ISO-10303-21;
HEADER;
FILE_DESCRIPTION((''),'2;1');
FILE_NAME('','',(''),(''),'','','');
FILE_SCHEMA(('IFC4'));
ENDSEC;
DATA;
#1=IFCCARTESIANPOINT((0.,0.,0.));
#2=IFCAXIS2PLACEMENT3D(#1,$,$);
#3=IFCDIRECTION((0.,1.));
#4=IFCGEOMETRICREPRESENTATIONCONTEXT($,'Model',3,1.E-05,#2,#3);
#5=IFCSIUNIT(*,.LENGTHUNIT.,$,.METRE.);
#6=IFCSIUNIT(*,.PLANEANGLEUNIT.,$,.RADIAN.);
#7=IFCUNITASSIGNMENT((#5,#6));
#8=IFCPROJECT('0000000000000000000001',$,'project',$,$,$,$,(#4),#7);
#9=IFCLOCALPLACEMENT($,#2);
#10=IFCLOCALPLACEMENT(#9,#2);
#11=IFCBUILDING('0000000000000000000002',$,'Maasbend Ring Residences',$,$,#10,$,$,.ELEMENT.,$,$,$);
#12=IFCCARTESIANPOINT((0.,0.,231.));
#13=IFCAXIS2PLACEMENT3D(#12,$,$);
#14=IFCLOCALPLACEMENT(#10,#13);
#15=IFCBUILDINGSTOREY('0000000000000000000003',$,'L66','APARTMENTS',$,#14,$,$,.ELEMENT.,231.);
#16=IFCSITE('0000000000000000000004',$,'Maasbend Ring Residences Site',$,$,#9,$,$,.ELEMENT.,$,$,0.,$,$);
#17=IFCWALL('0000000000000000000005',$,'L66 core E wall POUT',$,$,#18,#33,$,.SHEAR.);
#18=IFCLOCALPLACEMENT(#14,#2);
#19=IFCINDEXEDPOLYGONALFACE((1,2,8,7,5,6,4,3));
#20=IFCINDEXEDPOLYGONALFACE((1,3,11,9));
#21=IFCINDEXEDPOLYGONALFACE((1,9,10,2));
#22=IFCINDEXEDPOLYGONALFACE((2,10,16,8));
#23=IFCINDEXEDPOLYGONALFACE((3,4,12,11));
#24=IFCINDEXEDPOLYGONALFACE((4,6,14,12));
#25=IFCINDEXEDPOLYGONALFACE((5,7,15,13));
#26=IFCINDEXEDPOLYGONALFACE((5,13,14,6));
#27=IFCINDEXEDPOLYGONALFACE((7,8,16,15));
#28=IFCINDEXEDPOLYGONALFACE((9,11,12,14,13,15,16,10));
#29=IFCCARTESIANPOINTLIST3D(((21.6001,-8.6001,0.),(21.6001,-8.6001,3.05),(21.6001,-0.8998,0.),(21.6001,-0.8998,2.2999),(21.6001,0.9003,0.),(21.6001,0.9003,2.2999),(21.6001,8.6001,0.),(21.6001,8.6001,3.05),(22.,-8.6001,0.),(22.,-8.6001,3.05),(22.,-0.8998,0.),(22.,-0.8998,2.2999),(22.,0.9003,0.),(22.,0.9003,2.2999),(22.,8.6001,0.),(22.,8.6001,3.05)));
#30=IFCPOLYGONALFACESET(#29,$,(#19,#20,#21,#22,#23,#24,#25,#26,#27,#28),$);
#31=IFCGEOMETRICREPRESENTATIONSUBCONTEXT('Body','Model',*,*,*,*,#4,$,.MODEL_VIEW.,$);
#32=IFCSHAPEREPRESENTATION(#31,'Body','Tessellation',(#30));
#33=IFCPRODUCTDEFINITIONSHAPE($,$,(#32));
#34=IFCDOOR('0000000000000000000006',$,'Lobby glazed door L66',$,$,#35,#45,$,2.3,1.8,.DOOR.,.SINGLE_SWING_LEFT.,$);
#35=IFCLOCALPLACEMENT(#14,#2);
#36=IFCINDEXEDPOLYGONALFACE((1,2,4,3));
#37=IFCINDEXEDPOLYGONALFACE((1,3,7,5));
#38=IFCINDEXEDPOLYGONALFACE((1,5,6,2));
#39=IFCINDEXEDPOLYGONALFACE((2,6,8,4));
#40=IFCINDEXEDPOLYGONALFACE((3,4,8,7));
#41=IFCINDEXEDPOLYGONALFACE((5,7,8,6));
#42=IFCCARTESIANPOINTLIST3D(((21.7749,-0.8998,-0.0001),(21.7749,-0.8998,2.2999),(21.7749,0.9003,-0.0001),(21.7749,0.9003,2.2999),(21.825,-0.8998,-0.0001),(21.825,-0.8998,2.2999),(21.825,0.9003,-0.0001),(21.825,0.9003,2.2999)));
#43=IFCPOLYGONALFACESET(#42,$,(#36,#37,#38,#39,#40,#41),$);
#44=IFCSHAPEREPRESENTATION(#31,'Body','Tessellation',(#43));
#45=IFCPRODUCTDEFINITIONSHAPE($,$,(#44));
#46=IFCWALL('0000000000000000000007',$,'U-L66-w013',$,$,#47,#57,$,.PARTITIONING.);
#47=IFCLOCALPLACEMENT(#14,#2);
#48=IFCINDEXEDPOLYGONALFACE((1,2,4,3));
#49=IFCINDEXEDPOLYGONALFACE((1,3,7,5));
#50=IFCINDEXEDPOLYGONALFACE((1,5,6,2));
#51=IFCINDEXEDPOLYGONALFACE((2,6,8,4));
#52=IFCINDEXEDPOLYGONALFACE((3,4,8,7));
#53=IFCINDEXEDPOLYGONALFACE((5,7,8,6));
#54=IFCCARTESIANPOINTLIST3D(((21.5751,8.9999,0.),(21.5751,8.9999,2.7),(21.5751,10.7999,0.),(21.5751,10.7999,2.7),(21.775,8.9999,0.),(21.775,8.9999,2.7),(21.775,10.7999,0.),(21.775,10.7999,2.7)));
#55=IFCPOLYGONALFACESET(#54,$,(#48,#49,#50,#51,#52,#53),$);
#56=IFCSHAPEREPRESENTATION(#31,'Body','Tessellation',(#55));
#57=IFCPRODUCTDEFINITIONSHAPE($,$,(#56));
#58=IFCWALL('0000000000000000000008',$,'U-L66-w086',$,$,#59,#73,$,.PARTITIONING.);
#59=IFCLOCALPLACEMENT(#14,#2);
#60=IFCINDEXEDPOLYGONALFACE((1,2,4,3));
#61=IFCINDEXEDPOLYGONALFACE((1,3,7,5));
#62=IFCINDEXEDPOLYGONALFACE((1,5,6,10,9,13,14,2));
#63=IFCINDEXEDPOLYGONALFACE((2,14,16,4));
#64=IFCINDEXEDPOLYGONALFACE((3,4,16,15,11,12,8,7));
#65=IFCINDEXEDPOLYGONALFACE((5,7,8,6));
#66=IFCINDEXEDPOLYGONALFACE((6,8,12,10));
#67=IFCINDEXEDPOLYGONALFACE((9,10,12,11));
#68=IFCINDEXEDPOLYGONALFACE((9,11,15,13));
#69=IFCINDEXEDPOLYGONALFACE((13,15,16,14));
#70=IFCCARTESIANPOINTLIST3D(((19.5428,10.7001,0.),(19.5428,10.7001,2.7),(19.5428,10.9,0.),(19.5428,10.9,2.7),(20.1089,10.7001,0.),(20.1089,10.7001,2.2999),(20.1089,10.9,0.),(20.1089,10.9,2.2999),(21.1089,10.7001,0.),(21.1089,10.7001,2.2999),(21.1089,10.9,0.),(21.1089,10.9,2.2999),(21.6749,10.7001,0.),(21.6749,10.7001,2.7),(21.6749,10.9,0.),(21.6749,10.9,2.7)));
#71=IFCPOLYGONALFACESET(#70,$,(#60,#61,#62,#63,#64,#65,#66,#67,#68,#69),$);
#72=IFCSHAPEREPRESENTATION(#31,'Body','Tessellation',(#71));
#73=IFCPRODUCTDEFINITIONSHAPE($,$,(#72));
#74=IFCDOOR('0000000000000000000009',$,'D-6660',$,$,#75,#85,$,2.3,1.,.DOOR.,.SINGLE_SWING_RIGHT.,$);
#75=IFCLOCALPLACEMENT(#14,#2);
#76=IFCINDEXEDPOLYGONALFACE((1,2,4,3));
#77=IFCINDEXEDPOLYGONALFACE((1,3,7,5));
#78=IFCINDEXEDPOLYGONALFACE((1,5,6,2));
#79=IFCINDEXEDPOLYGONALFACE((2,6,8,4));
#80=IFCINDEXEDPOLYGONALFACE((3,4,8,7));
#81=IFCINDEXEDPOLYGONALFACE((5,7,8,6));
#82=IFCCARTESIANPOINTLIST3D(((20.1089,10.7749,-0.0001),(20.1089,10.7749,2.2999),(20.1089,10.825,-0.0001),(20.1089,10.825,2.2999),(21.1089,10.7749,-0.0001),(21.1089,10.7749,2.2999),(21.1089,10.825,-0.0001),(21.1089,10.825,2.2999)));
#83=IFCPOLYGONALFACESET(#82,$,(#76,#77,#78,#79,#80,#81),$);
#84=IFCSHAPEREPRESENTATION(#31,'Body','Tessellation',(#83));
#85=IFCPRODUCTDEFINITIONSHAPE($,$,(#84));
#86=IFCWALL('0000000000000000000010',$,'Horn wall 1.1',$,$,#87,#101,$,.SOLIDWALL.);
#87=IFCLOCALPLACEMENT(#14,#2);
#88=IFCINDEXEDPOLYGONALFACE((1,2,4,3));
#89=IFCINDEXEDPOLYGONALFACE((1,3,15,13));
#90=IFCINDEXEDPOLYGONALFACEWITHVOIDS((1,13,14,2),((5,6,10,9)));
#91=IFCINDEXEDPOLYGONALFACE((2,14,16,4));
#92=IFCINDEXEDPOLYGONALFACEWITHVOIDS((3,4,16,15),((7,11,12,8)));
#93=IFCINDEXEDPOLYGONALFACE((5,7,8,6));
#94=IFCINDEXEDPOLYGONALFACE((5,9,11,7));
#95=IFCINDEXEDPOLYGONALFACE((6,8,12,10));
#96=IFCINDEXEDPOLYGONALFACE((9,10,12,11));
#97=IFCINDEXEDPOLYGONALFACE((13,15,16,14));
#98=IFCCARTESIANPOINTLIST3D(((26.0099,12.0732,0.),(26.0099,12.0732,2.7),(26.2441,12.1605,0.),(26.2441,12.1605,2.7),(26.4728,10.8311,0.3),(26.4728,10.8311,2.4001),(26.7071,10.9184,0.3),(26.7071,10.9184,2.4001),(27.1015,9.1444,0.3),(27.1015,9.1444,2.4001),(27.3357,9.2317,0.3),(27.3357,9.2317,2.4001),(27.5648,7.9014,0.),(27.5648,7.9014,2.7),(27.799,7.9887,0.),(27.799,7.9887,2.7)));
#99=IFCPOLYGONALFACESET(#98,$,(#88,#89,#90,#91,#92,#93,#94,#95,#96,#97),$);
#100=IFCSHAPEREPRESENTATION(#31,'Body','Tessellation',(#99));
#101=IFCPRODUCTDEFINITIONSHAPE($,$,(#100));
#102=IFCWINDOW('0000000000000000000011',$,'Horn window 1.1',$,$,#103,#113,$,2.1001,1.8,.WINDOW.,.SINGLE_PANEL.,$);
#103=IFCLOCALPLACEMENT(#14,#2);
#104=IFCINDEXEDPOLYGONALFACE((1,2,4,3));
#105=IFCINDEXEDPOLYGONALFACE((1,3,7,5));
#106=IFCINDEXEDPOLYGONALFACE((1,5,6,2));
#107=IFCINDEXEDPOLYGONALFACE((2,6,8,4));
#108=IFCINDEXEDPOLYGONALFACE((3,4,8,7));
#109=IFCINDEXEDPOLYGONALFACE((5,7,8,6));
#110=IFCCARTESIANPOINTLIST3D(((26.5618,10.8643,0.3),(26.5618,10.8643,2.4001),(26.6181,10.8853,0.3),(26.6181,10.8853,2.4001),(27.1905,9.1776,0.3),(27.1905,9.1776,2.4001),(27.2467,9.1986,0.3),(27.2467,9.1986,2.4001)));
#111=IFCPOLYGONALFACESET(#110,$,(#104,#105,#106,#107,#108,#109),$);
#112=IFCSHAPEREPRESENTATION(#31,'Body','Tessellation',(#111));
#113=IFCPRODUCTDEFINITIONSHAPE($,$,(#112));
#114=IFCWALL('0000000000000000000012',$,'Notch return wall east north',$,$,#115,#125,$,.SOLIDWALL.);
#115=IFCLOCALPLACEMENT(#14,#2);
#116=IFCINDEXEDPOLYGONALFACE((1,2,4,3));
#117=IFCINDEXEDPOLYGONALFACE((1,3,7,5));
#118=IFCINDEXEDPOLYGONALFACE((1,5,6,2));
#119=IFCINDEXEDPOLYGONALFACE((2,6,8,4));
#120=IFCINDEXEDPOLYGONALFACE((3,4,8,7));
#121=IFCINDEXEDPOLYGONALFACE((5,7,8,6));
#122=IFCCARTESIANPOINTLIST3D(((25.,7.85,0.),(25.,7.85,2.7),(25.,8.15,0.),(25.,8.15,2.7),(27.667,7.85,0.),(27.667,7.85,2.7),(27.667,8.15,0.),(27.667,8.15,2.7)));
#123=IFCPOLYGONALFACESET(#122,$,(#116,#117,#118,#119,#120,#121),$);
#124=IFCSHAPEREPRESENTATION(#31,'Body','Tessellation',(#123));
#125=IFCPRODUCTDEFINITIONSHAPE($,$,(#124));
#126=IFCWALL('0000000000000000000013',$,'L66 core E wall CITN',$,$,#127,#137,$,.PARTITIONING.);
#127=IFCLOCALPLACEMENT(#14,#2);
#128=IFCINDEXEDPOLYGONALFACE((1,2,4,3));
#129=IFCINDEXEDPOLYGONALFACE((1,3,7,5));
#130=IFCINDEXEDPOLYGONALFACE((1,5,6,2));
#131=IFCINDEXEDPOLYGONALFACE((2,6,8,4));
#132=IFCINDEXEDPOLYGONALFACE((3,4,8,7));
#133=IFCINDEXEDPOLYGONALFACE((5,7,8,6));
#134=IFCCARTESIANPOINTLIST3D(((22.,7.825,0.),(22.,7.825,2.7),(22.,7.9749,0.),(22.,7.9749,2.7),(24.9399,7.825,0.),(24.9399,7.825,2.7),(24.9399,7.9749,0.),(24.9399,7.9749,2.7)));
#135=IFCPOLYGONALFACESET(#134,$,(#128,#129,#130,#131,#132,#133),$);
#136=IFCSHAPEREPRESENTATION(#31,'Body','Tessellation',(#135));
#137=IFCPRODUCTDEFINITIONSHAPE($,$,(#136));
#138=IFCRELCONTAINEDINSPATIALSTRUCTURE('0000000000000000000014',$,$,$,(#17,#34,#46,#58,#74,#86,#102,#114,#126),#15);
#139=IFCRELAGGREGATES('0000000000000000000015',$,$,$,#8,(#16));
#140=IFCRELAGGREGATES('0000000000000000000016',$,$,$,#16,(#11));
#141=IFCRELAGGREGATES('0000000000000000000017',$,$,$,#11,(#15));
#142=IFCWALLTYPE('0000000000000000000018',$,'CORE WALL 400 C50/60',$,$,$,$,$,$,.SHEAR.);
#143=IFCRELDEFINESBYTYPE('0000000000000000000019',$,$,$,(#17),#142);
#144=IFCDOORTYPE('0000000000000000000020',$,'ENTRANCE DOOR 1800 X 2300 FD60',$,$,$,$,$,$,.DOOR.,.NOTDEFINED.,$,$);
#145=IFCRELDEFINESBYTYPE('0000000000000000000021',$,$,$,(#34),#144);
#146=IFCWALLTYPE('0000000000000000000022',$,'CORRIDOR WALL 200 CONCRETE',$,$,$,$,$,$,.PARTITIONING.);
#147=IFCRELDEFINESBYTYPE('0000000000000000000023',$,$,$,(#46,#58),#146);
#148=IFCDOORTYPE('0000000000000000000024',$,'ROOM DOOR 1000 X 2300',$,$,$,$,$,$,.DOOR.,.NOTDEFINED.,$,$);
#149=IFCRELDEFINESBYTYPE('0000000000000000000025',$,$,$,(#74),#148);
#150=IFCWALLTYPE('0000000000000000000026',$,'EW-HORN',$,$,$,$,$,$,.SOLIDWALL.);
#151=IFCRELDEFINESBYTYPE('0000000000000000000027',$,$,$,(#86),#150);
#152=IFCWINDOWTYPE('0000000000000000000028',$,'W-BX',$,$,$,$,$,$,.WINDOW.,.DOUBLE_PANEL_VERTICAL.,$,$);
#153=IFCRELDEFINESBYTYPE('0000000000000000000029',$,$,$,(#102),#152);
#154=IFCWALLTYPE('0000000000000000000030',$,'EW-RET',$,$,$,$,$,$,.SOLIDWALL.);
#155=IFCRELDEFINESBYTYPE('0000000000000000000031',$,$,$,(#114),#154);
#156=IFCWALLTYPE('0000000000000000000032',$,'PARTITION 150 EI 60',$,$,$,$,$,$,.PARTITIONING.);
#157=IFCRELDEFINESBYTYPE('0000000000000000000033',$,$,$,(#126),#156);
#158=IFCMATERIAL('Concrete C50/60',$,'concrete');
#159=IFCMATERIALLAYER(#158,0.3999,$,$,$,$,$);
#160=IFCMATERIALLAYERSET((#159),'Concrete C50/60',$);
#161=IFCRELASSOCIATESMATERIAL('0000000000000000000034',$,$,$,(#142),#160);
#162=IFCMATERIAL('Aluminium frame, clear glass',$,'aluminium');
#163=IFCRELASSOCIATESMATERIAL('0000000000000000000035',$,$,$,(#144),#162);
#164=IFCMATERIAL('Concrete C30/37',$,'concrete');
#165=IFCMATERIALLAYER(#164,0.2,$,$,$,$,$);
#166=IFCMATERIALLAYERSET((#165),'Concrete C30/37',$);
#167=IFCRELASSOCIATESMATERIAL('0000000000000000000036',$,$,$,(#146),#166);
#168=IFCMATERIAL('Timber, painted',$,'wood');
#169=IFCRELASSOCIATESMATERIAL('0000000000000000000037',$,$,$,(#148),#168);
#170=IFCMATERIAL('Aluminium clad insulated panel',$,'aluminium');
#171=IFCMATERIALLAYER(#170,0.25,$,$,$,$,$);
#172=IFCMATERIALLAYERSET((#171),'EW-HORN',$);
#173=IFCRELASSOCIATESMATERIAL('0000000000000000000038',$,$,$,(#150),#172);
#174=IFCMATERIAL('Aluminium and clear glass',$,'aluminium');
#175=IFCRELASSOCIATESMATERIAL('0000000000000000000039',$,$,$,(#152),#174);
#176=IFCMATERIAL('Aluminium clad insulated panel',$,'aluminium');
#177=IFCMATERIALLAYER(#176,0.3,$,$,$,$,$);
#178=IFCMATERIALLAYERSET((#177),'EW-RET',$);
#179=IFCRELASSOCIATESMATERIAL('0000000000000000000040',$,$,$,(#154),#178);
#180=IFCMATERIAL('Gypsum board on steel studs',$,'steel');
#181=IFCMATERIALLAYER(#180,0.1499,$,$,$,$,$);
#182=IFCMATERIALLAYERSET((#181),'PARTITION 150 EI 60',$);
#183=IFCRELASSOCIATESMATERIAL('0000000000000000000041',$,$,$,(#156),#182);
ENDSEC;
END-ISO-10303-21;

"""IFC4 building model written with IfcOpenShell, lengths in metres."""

from ifc_helpers import new_model, si_unit, direction, frame, frame_2d, origin, place, context, subcontext, project, spatial, rectangle, extrude, material, layer, layer_set, type_object, element, fill, save


model = new_model("IFC4")

# Units and contexts
model_context = context("Model", 3, precision=1e-05, world=origin(), true_north=direction((0.0, 1.0)))
body_context = subcontext(model_context, "Body", "Model", "MODEL_VIEW")
ifc_project = project(units=[si_unit("LENGTHUNIT", "METRE"), si_unit("PLANEANGLEUNIT", "RADIAN")], contexts=[model_context])

# Site, building, storey
site_placement = place(None, origin())
site = spatial("IfcSite", under=ifc_project, at=site_placement, Name="Maasbend Ring Residences Site", CompositionType="ELEMENT", RefElevation=0.0)
building_placement = place(site_placement, origin())
building = spatial("IfcBuilding", under=site, at=building_placement, Name="Maasbend Ring Residences", CompositionType="ELEMENT")
storey_placement = place(building_placement, frame((0.0, 0.0, 231.0)))
storey = spatial("IfcBuildingStorey", under=building, at=storey_placement, Name="L66", Description="APARTMENTS", CompositionType="ELEMENT", Elevation=231.0)

# Wall, opening, door
ifc_material_1 = material(Name="Concrete C50/60", Category="concrete")
ifc_layer_1 = layer(ifc_material_1, 0.3999)
ifc_layer_set_1 = layer_set([ifc_layer_1], Name="Concrete C50/60")
wall_type_1 = type_object("IfcWallType", Name="CORE WALL 400 C50/60", PredefinedType="SHEAR", material=ifc_layer_set_1)
wall_1_placement = place(storey_placement, frame((21.8, 8.6001, 0.0), z_axis=(0.0, 0.0, 1.0), x_axis=(0.0, -1.0, 0.0)))
wall_1 = element("IfcWall", 1, at=wall_1_placement, inside=storey, type_object=wall_type_1, Name="L66 core E wall POUT", PredefinedType="SHEAR", context=body_context, shape_type="SweptSolid", body=[
    extrude(rectangle(XDim=17.2002, YDim=0.3999, at=frame_2d((8.6001, 0.0))), origin(), (0.0, 0.0, 1.0), 3.05),
])
opening_1_placement = place(wall_1_placement, frame((7.7, 0.0, 0.0)))
opening_1 = element("IfcOpeningElement", 2, at=opening_1_placement, cuts=wall_1, PredefinedType="OPENING", context=body_context, shape_type="SweptSolid", body=[
    extrude(rectangle(XDim=1.8, YDim=2.3, at=frame_2d((0.8999, 1.1499))), frame((0.0, 0.21, 0.0), z_axis=(0.0, -1.0, 0.0), x_axis=(1.0, 0.0, 0.0)), (0.0, 0.0, 1.0), 0.4199),
])
ifc_material_2 = material(Name="Aluminium frame, clear glass", Category="aluminium")
door_type_1 = type_object("IfcDoorType", Name="ENTRANCE DOOR 1800 X 2300 FD60", OperationType="NOTDEFINED", PredefinedType="DOOR", material=ifc_material_2)
door_1_placement = place(opening_1_placement, origin())
door_1 = element("IfcDoor", 3, at=door_1_placement, inside=storey, type_object=door_type_1, Name="Lobby glazed door L66", OperationType="SINGLE_SWING_LEFT", OverallHeight=2.3, OverallWidth=1.8, PredefinedType="DOOR", context=body_context, shape_type="SweptSolid", body=[
    extrude(rectangle(XDim=1.8, YDim=2.3, at=frame_2d((0.8999, 1.1499))), frame((0.0, 0.0249, 0.0), z_axis=(0.0, -1.0, 0.0), x_axis=(1.0, 0.0, 0.0)), (0.0, 0.0, 1.0), 0.05),
])
fill(opening_1, door_1)

# Wall
ifc_material_3 = material(Name="Concrete C30/37", Category="concrete")
ifc_layer_2 = layer(ifc_material_3, 0.2)
ifc_layer_set_2 = layer_set([ifc_layer_2], Name="Concrete C30/37")
wall_type_2 = type_object("IfcWallType", Name="CORRIDOR WALL 200 CONCRETE", PredefinedType="PARTITIONING", material=ifc_layer_set_2)
wall_2_placement = place(storey_placement, frame((21.675, 9.0, 0.0), z_axis=(0.0, 0.0, 1.0), x_axis=(0.0, 1.0, 0.0)))
element("IfcWall", 4, at=wall_2_placement, inside=storey, type_object=wall_type_2, Name="U-L66-w013", PredefinedType="PARTITIONING", context=body_context, shape_type="SweptSolid", body=[
    extrude(rectangle(XDim=1.8, YDim=0.2, at=frame_2d((0.8999, 0.0))), origin(), (0.0, 0.0, 1.0), 2.7),
])

# Wall, opening, door
wall_3_placement = place(storey_placement, frame((19.543, 10.8, 0.0), z_axis=(0.0, 0.0, 1.0), x_axis=(1.0, 0.0, 0.0)))
wall_3 = element("IfcWall", 5, at=wall_3_placement, inside=storey, type_object=wall_type_2, Name="U-L66-w086", PredefinedType="PARTITIONING", context=body_context, shape_type="SweptSolid", body=[
    extrude(rectangle(XDim=2.1321, YDim=0.2, at=frame_2d((1.0659, 0.0))), origin(), (0.0, 0.0, 1.0), 2.7),
])
opening_2_placement = place(wall_3_placement, frame((0.5659, 0.0, 0.0)))
opening_2 = element("IfcOpeningElement", 6, at=opening_2_placement, cuts=wall_3, PredefinedType="OPENING", context=body_context, shape_type="SweptSolid", body=[
    extrude(rectangle(XDim=1.0, YDim=2.3, at=frame_2d((0.5, 1.1499))), frame((0.0, 0.1099, 0.0), z_axis=(0.0, -1.0, 0.0), x_axis=(1.0, 0.0, 0.0)), (0.0, 0.0, 1.0), 0.22),
])
ifc_material_4 = material(Name="Timber, painted", Category="wood")
door_type_2 = type_object("IfcDoorType", Name="ROOM DOOR 1000 X 2300", OperationType="NOTDEFINED", PredefinedType="DOOR", material=ifc_material_4)
door_2_placement = place(opening_2_placement, origin())
door_2 = element("IfcDoor", 7, at=door_2_placement, inside=storey, type_object=door_type_2, Name="D-6660", OperationType="SINGLE_SWING_RIGHT", OverallHeight=2.3, OverallWidth=1.0, PredefinedType="DOOR", context=body_context, shape_type="SweptSolid", body=[
    extrude(rectangle(XDim=1.0, YDim=2.3, at=frame_2d((0.5, 1.1499))), frame((0.0, 0.0249, 0.0), z_axis=(0.0, -1.0, 0.0), x_axis=(1.0, 0.0, 0.0)), (0.0, 0.0, 1.0), 0.05),
])
fill(opening_2, door_2)

# Wall, opening, window
ifc_material_5 = material(Name="Aluminium clad insulated panel", Category="aluminium")
ifc_layer_3 = layer(ifc_material_5, 0.25)
ifc_layer_set_3 = layer_set([ifc_layer_3], Name="EW-HORN")
wall_type_3 = type_object("IfcWallType", Name="EW-HORN", PredefinedType="SOLIDWALL", material=ifc_layer_set_3)
wall_4_placement = place(storey_placement, frame((27.6819, 7.9451, 0.0), z_axis=(0.0, 0.0, 1.0), x_axis=(-0.349248, 0.93703, 0.0)))
wall_4 = element("IfcWall", 8, at=wall_4_placement, inside=storey, type_object=wall_type_3, Name="Horn wall 1.1", PredefinedType="SOLIDWALL", context=body_context, shape_type="SweptSolid", body=[
    extrude(rectangle(XDim=4.4521, YDim=0.25, at=frame_2d((2.2261, 0.0))), origin(), (0.0, 0.0, 1.0), 2.7),
])
opening_3_placement = place(wall_4_placement, frame((1.3267, 0.0, 0.3)))
opening_3 = element("IfcOpeningElement", 9, at=opening_3_placement, cuts=wall_4, PredefinedType="OPENING", context=body_context, shape_type="SweptSolid", body=[
    extrude(rectangle(XDim=1.8, YDim=2.1001, at=frame_2d((0.8999, 1.05))), frame((0.0, 0.135, 0.0), z_axis=(0.0, -1.0, 0.0), x_axis=(1.0, 0.0, 0.0)), (0.0, 0.0, 1.0), 0.27),
])
ifc_material_6 = material(Name="Aluminium and clear glass", Category="aluminium")
window_type = type_object("IfcWindowType", Name="W-BX", PartitioningType="DOUBLE_PANEL_VERTICAL", PredefinedType="WINDOW", material=ifc_material_6)
window_placement = place(opening_3_placement, origin())
window = element("IfcWindow", 10, at=window_placement, inside=storey, type_object=window_type, Name="Horn window 1.1", OverallHeight=2.1001, OverallWidth=1.8, PartitioningType="SINGLE_PANEL", PredefinedType="WINDOW", context=body_context, shape_type="SweptSolid", body=[
    extrude(rectangle(XDim=1.8, YDim=2.1001, at=frame_2d((0.8999, 1.05))), frame((0.0, 0.03, 0.0), z_axis=(0.0, -1.0, 0.0), x_axis=(1.0, 0.0, 0.0)), (0.0, 0.0, 1.0), 0.0601),
])
fill(opening_3, window)

# Walls
ifc_material_7 = material(Name="Aluminium clad insulated panel", Category="aluminium")
ifc_layer_4 = layer(ifc_material_7, 0.3)
ifc_layer_set_4 = layer_set([ifc_layer_4], Name="EW-RET")
wall_type_4 = type_object("IfcWallType", Name="EW-RET", PredefinedType="SOLIDWALL", material=ifc_layer_set_4)
wall_5_placement = place(storey_placement, frame((25.0, 8.0, 0.0), z_axis=(0.0, 0.0, 1.0), x_axis=(1.0, 0.0, 0.0)))
element("IfcWall", 11, at=wall_5_placement, inside=storey, type_object=wall_type_4, Name="Notch return wall east north", PredefinedType="SOLIDWALL", context=body_context, shape_type="SweptSolid", body=[
    extrude(rectangle(XDim=2.667, YDim=0.3, at=frame_2d((1.3335, 0.0))), origin(), (0.0, 0.0, 1.0), 2.7),
])
ifc_material_8 = material(Name="Gypsum board on steel studs", Category="steel")
ifc_layer_5 = layer(ifc_material_8, 0.1499)
ifc_layer_set_5 = layer_set([ifc_layer_5], Name="PARTITION 150 EI 60")
wall_type_5 = type_object("IfcWallType", Name="PARTITION 150 EI 60", PredefinedType="PARTITIONING", material=ifc_layer_set_5)
wall_6_placement = place(storey_placement, frame((22.0, 7.8999, 0.0), z_axis=(0.0, 0.0, 1.0), x_axis=(1.0, 0.0, 0.0)))
element("IfcWall", 12, at=wall_6_placement, inside=storey, type_object=wall_type_5, Name="L66 core E wall CITN", PredefinedType="PARTITIONING", context=body_context, shape_type="SweptSolid", body=[
    extrude(rectangle(XDim=2.9399, YDim=0.1499, at=frame_2d((1.47, 0.0))), origin(), (0.0, 0.0, 1.0), 2.7),
])

save(model, "model.ifc")
